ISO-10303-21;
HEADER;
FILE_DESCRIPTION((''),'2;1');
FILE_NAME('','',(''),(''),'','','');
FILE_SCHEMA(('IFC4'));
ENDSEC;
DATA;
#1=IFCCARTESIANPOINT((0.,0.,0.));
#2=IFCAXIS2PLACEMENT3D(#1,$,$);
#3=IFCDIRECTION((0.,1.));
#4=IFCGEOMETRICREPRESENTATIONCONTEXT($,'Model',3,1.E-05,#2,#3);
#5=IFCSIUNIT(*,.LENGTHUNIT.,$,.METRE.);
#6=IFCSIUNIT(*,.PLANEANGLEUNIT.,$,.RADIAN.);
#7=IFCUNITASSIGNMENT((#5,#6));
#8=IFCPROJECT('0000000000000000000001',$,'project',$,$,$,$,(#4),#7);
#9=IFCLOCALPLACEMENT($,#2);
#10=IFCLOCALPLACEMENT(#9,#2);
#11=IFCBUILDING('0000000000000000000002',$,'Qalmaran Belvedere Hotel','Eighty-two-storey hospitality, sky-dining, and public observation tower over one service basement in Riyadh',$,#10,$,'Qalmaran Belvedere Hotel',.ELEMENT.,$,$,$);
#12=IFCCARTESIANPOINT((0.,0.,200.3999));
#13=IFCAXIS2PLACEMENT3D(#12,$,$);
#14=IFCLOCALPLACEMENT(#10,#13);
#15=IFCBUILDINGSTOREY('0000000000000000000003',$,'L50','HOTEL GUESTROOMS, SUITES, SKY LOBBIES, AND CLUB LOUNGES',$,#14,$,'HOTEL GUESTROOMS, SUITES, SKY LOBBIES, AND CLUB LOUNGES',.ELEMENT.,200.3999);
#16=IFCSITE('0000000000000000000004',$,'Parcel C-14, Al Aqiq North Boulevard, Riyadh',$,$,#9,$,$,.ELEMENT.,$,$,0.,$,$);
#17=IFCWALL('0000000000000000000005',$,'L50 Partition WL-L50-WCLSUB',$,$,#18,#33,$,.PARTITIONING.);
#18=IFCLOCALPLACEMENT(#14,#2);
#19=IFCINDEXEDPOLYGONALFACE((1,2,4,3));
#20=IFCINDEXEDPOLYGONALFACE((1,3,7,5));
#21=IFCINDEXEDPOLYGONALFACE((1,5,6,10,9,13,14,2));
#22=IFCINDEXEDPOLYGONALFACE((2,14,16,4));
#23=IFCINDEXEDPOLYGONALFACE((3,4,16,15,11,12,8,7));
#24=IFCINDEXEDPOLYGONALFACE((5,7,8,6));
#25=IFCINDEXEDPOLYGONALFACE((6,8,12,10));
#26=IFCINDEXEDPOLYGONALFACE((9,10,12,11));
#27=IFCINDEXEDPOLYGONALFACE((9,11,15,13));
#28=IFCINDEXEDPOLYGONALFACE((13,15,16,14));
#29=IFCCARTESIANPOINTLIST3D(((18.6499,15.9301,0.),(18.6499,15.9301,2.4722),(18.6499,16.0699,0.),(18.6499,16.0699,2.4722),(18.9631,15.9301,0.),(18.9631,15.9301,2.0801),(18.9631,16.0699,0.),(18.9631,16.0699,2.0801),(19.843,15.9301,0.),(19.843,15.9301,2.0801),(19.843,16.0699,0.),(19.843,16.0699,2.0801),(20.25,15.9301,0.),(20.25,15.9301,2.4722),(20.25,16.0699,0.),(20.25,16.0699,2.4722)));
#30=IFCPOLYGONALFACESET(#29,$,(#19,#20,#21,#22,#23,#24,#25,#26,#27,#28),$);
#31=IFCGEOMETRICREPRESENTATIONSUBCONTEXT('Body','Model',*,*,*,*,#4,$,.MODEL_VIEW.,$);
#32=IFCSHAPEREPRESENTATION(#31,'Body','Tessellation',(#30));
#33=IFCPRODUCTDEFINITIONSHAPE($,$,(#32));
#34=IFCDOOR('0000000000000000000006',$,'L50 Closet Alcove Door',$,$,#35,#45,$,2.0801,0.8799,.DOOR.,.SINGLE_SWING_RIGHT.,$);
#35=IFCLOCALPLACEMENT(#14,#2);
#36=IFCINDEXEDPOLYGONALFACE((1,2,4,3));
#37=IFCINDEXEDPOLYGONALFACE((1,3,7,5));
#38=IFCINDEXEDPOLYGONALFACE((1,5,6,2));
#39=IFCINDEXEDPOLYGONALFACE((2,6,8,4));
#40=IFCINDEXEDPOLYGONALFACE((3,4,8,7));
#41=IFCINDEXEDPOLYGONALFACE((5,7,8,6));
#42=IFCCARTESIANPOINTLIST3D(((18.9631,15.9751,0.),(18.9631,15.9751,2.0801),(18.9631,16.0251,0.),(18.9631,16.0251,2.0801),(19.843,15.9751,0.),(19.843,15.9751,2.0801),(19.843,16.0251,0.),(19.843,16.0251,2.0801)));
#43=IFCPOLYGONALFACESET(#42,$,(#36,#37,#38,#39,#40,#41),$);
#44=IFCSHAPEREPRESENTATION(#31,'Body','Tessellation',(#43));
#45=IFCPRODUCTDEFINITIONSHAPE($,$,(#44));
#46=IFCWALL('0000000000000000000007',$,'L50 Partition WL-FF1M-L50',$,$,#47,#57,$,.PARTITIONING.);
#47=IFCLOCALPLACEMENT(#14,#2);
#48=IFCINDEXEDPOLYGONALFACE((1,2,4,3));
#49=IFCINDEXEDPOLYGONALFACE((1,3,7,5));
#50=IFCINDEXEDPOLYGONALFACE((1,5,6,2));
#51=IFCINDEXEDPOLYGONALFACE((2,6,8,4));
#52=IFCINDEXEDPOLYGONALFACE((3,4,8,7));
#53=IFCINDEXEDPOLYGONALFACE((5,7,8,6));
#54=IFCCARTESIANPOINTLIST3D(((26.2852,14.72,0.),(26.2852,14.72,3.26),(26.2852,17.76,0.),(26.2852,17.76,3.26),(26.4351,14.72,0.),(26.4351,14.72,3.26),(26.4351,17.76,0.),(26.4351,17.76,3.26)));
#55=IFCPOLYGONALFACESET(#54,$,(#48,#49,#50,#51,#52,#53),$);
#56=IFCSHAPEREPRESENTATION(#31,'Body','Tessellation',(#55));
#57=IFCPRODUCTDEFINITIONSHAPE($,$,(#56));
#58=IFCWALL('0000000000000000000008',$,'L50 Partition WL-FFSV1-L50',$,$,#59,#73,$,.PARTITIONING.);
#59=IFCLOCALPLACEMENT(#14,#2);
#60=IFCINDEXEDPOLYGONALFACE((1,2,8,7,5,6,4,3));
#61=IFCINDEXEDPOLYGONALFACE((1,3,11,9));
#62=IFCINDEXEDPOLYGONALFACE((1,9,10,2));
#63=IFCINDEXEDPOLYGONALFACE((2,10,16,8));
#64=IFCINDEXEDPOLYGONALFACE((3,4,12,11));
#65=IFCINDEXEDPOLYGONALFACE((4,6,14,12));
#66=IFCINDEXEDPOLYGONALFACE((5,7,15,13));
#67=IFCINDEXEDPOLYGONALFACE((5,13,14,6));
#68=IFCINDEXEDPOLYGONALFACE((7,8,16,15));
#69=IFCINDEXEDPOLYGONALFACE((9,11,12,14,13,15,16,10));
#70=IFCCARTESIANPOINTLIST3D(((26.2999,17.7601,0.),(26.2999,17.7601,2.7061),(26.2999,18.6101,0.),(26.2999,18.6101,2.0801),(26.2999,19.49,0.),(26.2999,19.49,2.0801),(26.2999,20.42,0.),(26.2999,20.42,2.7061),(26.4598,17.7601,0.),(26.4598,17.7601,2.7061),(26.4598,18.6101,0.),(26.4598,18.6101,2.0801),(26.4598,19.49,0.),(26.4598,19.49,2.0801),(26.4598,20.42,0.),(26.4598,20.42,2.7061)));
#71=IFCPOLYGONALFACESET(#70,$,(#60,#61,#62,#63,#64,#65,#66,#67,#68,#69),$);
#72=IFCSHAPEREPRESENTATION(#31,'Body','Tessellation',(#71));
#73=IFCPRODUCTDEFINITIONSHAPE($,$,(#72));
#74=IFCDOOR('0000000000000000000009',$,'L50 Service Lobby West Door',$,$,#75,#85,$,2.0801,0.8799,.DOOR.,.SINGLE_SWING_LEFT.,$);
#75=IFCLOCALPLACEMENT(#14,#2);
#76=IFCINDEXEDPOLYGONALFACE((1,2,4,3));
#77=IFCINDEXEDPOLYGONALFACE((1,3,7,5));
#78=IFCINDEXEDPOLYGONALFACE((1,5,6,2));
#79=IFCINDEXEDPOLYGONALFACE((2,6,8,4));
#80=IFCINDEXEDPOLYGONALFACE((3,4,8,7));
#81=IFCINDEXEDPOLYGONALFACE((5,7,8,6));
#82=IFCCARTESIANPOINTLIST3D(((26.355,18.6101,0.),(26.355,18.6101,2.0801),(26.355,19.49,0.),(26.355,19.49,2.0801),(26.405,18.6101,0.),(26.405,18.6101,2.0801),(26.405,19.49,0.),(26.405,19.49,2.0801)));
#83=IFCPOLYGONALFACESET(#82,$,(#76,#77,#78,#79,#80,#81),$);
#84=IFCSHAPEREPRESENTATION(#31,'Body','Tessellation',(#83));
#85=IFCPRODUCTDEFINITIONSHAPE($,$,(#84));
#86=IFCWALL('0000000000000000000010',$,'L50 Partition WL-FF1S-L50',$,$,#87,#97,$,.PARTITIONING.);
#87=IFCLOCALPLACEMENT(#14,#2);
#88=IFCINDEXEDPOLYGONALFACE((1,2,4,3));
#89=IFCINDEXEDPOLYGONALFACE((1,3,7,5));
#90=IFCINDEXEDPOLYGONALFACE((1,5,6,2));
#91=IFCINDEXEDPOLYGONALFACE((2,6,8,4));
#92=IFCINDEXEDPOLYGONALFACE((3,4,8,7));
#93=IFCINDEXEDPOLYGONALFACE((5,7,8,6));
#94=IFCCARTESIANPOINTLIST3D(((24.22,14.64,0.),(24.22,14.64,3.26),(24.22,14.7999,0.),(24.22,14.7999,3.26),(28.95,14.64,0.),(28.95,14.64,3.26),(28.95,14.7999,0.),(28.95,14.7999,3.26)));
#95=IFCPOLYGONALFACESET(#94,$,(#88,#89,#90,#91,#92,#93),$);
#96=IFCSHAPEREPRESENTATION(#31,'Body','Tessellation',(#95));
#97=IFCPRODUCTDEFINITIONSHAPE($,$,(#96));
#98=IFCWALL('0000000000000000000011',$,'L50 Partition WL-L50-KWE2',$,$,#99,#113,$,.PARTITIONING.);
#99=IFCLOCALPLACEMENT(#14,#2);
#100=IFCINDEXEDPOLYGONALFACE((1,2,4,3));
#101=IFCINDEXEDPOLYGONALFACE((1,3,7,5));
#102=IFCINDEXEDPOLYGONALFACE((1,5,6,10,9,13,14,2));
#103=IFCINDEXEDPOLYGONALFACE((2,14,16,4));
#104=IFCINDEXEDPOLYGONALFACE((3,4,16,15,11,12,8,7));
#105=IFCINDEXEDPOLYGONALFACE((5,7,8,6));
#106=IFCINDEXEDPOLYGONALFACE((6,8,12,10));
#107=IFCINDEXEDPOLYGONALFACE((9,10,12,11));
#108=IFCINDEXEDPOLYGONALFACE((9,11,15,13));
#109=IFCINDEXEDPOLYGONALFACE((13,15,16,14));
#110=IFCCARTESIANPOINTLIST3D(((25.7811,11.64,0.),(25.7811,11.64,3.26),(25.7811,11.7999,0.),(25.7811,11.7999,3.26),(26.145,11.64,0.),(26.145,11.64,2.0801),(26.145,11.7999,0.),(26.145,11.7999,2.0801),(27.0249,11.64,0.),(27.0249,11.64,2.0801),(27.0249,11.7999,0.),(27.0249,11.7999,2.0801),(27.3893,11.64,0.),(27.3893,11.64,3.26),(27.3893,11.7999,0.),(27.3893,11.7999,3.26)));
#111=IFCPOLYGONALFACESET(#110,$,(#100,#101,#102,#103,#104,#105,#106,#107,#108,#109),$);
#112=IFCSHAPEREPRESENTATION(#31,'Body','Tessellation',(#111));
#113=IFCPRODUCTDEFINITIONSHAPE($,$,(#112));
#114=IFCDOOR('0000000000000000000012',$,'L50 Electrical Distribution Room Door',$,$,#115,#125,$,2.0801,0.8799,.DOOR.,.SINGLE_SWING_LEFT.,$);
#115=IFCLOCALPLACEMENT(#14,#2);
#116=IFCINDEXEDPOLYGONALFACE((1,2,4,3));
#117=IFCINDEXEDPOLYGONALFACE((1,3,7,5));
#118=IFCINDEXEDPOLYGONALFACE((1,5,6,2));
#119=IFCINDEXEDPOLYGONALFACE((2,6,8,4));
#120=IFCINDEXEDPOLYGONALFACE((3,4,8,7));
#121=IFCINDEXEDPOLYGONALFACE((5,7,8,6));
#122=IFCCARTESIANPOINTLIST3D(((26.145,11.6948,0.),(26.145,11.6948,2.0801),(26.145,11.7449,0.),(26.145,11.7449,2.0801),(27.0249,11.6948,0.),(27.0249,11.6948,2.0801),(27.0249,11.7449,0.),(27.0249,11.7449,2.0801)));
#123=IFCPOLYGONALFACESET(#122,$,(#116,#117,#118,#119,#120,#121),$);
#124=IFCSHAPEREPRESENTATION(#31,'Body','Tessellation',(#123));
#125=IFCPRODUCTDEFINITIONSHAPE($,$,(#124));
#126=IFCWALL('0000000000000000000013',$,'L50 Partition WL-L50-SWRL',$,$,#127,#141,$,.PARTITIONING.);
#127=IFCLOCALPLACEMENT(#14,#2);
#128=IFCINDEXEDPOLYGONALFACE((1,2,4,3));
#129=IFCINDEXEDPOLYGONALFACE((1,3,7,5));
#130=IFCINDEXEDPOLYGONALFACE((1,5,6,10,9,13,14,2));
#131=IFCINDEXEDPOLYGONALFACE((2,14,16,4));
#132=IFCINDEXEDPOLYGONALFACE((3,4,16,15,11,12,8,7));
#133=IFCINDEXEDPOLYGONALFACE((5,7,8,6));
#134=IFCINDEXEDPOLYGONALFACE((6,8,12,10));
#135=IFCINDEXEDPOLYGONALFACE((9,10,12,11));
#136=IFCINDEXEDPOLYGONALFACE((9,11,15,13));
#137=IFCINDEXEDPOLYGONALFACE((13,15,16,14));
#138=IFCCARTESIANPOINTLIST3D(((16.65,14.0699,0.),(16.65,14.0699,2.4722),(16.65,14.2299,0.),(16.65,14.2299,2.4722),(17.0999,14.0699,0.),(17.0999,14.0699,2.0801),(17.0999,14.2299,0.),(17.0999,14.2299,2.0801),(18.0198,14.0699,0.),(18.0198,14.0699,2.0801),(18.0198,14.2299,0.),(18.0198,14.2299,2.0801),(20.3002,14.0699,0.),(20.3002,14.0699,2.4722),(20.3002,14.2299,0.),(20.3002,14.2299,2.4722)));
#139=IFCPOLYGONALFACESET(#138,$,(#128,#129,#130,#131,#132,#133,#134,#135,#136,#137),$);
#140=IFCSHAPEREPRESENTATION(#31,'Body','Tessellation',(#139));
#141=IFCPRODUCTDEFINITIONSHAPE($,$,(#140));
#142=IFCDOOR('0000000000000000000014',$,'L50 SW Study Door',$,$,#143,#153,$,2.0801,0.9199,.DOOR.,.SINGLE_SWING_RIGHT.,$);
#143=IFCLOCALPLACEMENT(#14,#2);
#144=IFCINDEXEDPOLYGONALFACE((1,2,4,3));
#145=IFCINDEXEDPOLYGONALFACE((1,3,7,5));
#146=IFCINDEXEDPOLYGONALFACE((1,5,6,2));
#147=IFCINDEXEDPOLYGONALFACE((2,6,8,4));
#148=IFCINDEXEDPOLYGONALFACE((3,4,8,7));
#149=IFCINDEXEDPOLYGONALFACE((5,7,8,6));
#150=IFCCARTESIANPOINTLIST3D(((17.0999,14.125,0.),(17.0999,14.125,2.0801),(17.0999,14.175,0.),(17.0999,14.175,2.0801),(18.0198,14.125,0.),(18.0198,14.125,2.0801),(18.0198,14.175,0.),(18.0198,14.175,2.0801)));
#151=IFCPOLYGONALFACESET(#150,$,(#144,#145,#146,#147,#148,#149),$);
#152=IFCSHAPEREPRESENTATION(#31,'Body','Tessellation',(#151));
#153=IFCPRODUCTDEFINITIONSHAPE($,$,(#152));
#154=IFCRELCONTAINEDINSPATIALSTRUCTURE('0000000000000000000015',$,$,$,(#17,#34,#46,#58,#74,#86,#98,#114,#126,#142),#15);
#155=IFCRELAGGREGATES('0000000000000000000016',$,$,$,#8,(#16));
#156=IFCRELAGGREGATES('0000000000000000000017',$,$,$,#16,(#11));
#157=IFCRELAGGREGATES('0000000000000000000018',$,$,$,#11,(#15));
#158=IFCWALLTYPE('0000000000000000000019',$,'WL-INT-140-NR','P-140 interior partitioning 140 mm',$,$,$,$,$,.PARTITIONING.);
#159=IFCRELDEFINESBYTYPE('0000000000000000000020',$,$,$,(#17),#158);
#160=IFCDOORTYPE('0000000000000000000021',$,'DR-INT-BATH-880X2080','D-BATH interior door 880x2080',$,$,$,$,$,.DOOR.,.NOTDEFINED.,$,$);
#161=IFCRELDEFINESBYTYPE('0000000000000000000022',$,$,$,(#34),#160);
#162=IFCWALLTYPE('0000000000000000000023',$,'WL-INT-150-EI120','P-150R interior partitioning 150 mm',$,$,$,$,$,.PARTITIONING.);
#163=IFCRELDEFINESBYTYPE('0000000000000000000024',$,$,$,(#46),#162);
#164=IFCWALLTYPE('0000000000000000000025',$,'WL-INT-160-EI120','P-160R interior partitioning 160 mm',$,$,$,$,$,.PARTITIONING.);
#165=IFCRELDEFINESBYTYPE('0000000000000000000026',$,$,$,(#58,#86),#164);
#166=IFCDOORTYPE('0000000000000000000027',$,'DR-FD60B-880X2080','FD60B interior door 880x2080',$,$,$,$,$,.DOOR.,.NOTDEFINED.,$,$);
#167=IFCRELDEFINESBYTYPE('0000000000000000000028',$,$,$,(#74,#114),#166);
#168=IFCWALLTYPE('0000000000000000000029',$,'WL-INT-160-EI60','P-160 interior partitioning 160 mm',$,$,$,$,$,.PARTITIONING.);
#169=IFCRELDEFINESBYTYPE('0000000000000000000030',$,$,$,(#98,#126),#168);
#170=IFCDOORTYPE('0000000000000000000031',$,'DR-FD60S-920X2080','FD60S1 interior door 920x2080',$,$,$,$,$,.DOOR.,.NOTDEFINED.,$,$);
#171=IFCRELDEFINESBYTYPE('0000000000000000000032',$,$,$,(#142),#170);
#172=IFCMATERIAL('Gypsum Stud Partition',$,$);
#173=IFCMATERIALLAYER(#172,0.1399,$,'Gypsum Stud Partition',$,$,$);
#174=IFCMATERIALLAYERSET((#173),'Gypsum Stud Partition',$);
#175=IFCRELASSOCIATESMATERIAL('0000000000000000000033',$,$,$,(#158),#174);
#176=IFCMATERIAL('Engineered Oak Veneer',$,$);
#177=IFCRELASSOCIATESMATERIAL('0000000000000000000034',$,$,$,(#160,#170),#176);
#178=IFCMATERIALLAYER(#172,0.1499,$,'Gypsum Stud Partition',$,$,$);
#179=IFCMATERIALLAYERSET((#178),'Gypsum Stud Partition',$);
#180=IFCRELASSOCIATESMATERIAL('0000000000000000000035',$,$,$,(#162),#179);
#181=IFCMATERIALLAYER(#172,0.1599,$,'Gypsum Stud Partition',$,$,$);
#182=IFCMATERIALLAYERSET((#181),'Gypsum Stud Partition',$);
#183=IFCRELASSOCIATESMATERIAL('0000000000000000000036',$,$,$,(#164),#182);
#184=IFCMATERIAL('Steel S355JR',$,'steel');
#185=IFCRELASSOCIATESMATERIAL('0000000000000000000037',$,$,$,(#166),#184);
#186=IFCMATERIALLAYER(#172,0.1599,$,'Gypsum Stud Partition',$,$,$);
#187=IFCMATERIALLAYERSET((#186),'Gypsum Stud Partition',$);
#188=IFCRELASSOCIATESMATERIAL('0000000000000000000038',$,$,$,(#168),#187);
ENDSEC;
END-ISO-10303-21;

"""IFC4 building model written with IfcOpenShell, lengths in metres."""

from ifc_helpers import new_model, si_unit, direction, frame, frame_2d, origin, place, context, subcontext, project, spatial, rectangle, extrude, material, layer, layer_set, type_object, element, fill, save


model = new_model("IFC4")

# Units and contexts
model_context = context("Model", 3, precision=1e-05, world=origin(), true_north=direction((0.0, 1.0)))
body_context = subcontext(model_context, "Body", "Model", "MODEL_VIEW")
ifc_project = project(units=[si_unit("LENGTHUNIT", "METRE"), si_unit("PLANEANGLEUNIT", "RADIAN")], contexts=[model_context])

# Site, building, storey
site_placement = place(None, origin())
site = spatial("IfcSite", under=ifc_project, at=site_placement, Name="Parcel C-14, Al Aqiq North Boulevard, Riyadh", CompositionType="ELEMENT", RefElevation=0.0)
building_placement = place(site_placement, origin())
building = spatial("IfcBuilding", under=site, at=building_placement, Name="Qalmaran Belvedere Hotel", Description="Eighty-two-storey hospitality, sky-dining, and public observation tower over one service basement in Riyadh", LongName="Qalmaran Belvedere Hotel", CompositionType="ELEMENT")
storey_placement = place(building_placement, frame((0.0, 0.0, 200.3999)))
storey = spatial("IfcBuildingStorey", under=building, at=storey_placement, Name="L50", Description="HOTEL GUESTROOMS, SUITES, SKY LOBBIES, AND CLUB LOUNGES", LongName="HOTEL GUESTROOMS, SUITES, SKY LOBBIES, AND CLUB LOUNGES", CompositionType="ELEMENT", Elevation=200.3999)

# Wall, opening, door
ifc_material_1 = material(Name="Gypsum Stud Partition")
ifc_layer_1 = layer(ifc_material_1, 0.1399, Name="Gypsum Stud Partition")
ifc_layer_set_1 = layer_set([ifc_layer_1], Name="Gypsum Stud Partition")
wall_type_1 = type_object("IfcWallType", Name="WL-INT-140-NR", Description="P-140 interior partitioning 140 mm", PredefinedType="PARTITIONING", material=ifc_layer_set_1)
wall_1_placement = place(storey_placement, frame((18.6499, 16.0, 0.0), z_axis=(0.0, 0.0, 1.0), x_axis=(1.0, 0.0, 0.0)))
wall_1 = element("IfcWall", 1, at=wall_1_placement, inside=storey, type_object=wall_type_1, Name="L50 Partition WL-L50-WCLSUB", PredefinedType="PARTITIONING", context=body_context, shape_type="SweptSolid", body=[
    extrude(rectangle(XDim=1.6001, YDim=0.1399, at=frame_2d((0.8, 0.0))), origin(), (0.0, 0.0, 1.0), 2.4722),
])
opening_1_placement = place(wall_1_placement, frame((1.1931, 0.0, 0.0), z_axis=(0.0, 0.0, 1.0), x_axis=(-1.0, 0.0, 0.0)))
opening_1 = element("IfcOpeningElement", 2, at=opening_1_placement, cuts=wall_1, PredefinedType="OPENING", context=body_context, shape_type="SweptSolid", body=[
    extrude(rectangle(XDim=0.8799, YDim=2.0801, at=frame_2d((0.4399, 1.04))), frame((0.0, 0.0801, 0.0), z_axis=(0.0, -1.0, 0.0), x_axis=(1.0, 0.0, 0.0)), (0.0, 0.0, 1.0), 0.1599),
])
ifc_material_2 = material(Name="Engineered Oak Veneer")
door_type_1 = type_object("IfcDoorType", Name="DR-INT-BATH-880X2080", Description="D-BATH interior door 880x2080", OperationType="NOTDEFINED", PredefinedType="DOOR", material=ifc_material_2)
door_1_placement = place(opening_1_placement, origin())
door_1 = element("IfcDoor", 3, at=door_1_placement, inside=storey, type_object=door_type_1, Name="L50 Closet Alcove Door", OperationType="SINGLE_SWING_RIGHT", OverallHeight=2.0801, OverallWidth=0.8799, PredefinedType="DOOR", context=body_context, shape_type="SweptSolid", body=[
    extrude(rectangle(XDim=0.8799, YDim=2.0801, at=frame_2d((0.4399, 1.04))), frame((0.0, 0.0249, 0.0), z_axis=(0.0, -1.0, 0.0), x_axis=(1.0, 0.0, 0.0)), (0.0, 0.0, 1.0), 0.05),
])
fill(opening_1, door_1)

# Wall
ifc_layer_2 = layer(ifc_material_1, 0.1499, Name="Gypsum Stud Partition")
ifc_layer_set_2 = layer_set([ifc_layer_2], Name="Gypsum Stud Partition")
wall_type_2 = type_object("IfcWallType", Name="WL-INT-150-EI120", Description="P-150R interior partitioning 150 mm", PredefinedType="PARTITIONING", material=ifc_layer_set_2)
wall_2_placement = place(storey_placement, frame((26.3601, 14.72, 0.0), z_axis=(0.0, 0.0, 1.0), x_axis=(0.0, 1.0, 0.0)))
element("IfcWall", 4, at=wall_2_placement, inside=storey, type_object=wall_type_2, Name="L50 Partition WL-FF1M-L50", PredefinedType="PARTITIONING", context=body_context, shape_type="SweptSolid", body=[
    extrude(rectangle(XDim=3.04, YDim=0.1499, at=frame_2d((1.52, 0.0))), origin(), (0.0, 0.0, 1.0), 3.26),
])

# Wall, opening, door
ifc_layer_3 = layer(ifc_material_1, 0.1599, Name="Gypsum Stud Partition")
ifc_layer_set_3 = layer_set([ifc_layer_3], Name="Gypsum Stud Partition")
wall_type_3 = type_object("IfcWallType", Name="WL-INT-160-EI120", Description="P-160R interior partitioning 160 mm", PredefinedType="PARTITIONING", material=ifc_layer_set_3)
wall_3_placement = place(storey_placement, frame((26.3799, 17.76, 0.0), z_axis=(0.0, 0.0, 1.0), x_axis=(0.0, 1.0, 0.0)))
wall_3 = element("IfcWall", 5, at=wall_3_placement, inside=storey, type_object=wall_type_3, Name="L50 Partition WL-FFSV1-L50", PredefinedType="PARTITIONING", context=body_context, shape_type="SweptSolid", body=[
    extrude(rectangle(XDim=2.6599, YDim=0.1599, at=frame_2d((1.3301, 0.0))), origin(), (0.0, 0.0, 1.0), 2.7061),
])
opening_2_placement = place(wall_3_placement, frame((0.8501, 0.0, 0.0)))
opening_2 = element("IfcOpeningElement", 6, at=opening_2_placement, cuts=wall_3, PredefinedType="OPENING", context=body_context, shape_type="SweptSolid", body=[
    extrude(rectangle(XDim=0.8799, YDim=2.0801, at=frame_2d((0.4399, 1.04))), frame((0.0, 0.0898, 0.0), z_axis=(0.0, -1.0, 0.0), x_axis=(1.0, 0.0, 0.0)), (0.0, 0.0, 1.0), 0.1799),
])
ifc_material_3 = material(Name="Steel S355JR", Category="steel")
door_type_2 = type_object("IfcDoorType", Name="DR-FD60B-880X2080", Description="FD60B interior door 880x2080", OperationType="NOTDEFINED", PredefinedType="DOOR", material=ifc_material_3)
door_2_placement = place(opening_2_placement, origin())
door_2 = element("IfcDoor", 7, at=door_2_placement, inside=storey, type_object=door_type_2, Name="L50 Service Lobby West Door", OperationType="SINGLE_SWING_LEFT", OverallHeight=2.0801, OverallWidth=0.8799, PredefinedType="DOOR", context=body_context, shape_type="SweptSolid", body=[
    extrude(rectangle(XDim=0.8799, YDim=2.0801, at=frame_2d((0.4399, 1.04))), frame((0.0, 0.0249, 0.0), z_axis=(0.0, -1.0, 0.0), x_axis=(1.0, 0.0, 0.0)), (0.0, 0.0, 1.0), 0.05),
])
fill(opening_2, door_2)

# Wall
wall_4_placement = place(storey_placement, frame((24.22, 14.72, 0.0), z_axis=(0.0, 0.0, 1.0), x_axis=(1.0, 0.0, 0.0)))
element("IfcWall", 8, at=wall_4_placement, inside=storey, type_object=wall_type_3, Name="L50 Partition WL-FF1S-L50", PredefinedType="PARTITIONING", context=body_context, shape_type="SweptSolid", body=[
    extrude(rectangle(XDim=4.73, YDim=0.1599, at=frame_2d((2.365, 0.0))), origin(), (0.0, 0.0, 1.0), 3.26),
])

# Walls, openings, doors
ifc_layer_4 = layer(ifc_material_1, 0.1599, Name="Gypsum Stud Partition")
ifc_layer_set_4 = layer_set([ifc_layer_4], Name="Gypsum Stud Partition")
wall_type_4 = type_object("IfcWallType", Name="WL-INT-160-EI60", Description="P-160 interior partitioning 160 mm", PredefinedType="PARTITIONING", material=ifc_layer_set_4)
wall_5_placement = place(storey_placement, frame((25.781, 11.72, 0.0), z_axis=(0.0, 0.0, 1.0), x_axis=(1.0, 0.0, 0.0)))
wall_5 = element("IfcWall", 9, at=wall_5_placement, inside=storey, type_object=wall_type_4, Name="L50 Partition WL-L50-KWE2", PredefinedType="PARTITIONING", context=body_context, shape_type="SweptSolid", body=[
    extrude(rectangle(XDim=1.6082, YDim=0.1599, at=frame_2d((0.8042, 0.0))), origin(), (0.0, 0.0, 1.0), 3.26),
])
opening_3_placement = place(wall_5_placement, frame((0.364, 0.0, 0.0)))
opening_3 = element("IfcOpeningElement", 10, at=opening_3_placement, cuts=wall_5, PredefinedType="OPENING", context=body_context, shape_type="SweptSolid", body=[
    extrude(rectangle(XDim=0.8799, YDim=2.0801, at=frame_2d((0.4399, 1.04))), frame((0.0, 0.0898, 0.0), z_axis=(0.0, -1.0, 0.0), x_axis=(1.0, 0.0, 0.0)), (0.0, 0.0, 1.0), 0.1799),
])
door_3_placement = place(opening_3_placement, origin())
door_3 = element("IfcDoor", 11, at=door_3_placement, inside=storey, type_object=door_type_2, Name="L50 Electrical Distribution Room Door", OperationType="SINGLE_SWING_LEFT", OverallHeight=2.0801, OverallWidth=0.8799, PredefinedType="DOOR", context=body_context, shape_type="SweptSolid", body=[
    extrude(rectangle(XDim=0.8799, YDim=2.0801, at=frame_2d((0.4399, 1.04))), frame((0.0, 0.0249, 0.0), z_axis=(0.0, -1.0, 0.0), x_axis=(1.0, 0.0, 0.0)), (0.0, 0.0, 1.0), 0.05),
])
fill(opening_3, door_3)
wall_6_placement = place(storey_placement, frame((16.6499, 14.1499, 0.0), z_axis=(0.0, 0.0, 1.0), x_axis=(1.0, 0.0, 0.0)))
wall_6 = element("IfcWall", 12, at=wall_6_placement, inside=storey, type_object=wall_type_4, Name="L50 Partition WL-L50-SWRL", PredefinedType="PARTITIONING", context=body_context, shape_type="SweptSolid", body=[
    extrude(rectangle(XDim=3.6501, YDim=0.1599, at=frame_2d((1.8252, 0.0))), origin(), (0.0, 0.0, 1.0), 2.4722),
])
opening_4_placement = place(wall_6_placement, frame((1.3699, 0.0, 0.0), z_axis=(0.0, 0.0, 1.0), x_axis=(-1.0, 0.0, 0.0)))
opening_4 = element("IfcOpeningElement", 13, at=opening_4_placement, cuts=wall_6, PredefinedType="OPENING", context=body_context, shape_type="SweptSolid", body=[
    extrude(rectangle(XDim=0.9199, YDim=2.0801, at=frame_2d((0.46, 1.04))), frame((0.0, 0.0898, 0.0), z_axis=(0.0, -1.0, 0.0), x_axis=(1.0, 0.0, 0.0)), (0.0, 0.0, 1.0), 0.1799),
])
door_type_3 = type_object("IfcDoorType", Name="DR-FD60S-920X2080", Description="FD60S1 interior door 920x2080", OperationType="NOTDEFINED", PredefinedType="DOOR", material=ifc_material_2)
door_4_placement = place(opening_4_placement, origin())
door_4 = element("IfcDoor", 14, at=door_4_placement, inside=storey, type_object=door_type_3, Name="L50 SW Study Door", OperationType="SINGLE_SWING_RIGHT", OverallHeight=2.0801, OverallWidth=0.9199, PredefinedType="DOOR", context=body_context, shape_type="SweptSolid", body=[
    extrude(rectangle(XDim=0.9199, YDim=2.0801, at=frame_2d((0.46, 1.04))), frame((0.0, 0.0249, 0.0), z_axis=(0.0, -1.0, 0.0), x_axis=(1.0, 0.0, 0.0)), (0.0, 0.0, 1.0), 0.05),
])
fill(opening_4, door_4)

save(model, "model.ifc")
